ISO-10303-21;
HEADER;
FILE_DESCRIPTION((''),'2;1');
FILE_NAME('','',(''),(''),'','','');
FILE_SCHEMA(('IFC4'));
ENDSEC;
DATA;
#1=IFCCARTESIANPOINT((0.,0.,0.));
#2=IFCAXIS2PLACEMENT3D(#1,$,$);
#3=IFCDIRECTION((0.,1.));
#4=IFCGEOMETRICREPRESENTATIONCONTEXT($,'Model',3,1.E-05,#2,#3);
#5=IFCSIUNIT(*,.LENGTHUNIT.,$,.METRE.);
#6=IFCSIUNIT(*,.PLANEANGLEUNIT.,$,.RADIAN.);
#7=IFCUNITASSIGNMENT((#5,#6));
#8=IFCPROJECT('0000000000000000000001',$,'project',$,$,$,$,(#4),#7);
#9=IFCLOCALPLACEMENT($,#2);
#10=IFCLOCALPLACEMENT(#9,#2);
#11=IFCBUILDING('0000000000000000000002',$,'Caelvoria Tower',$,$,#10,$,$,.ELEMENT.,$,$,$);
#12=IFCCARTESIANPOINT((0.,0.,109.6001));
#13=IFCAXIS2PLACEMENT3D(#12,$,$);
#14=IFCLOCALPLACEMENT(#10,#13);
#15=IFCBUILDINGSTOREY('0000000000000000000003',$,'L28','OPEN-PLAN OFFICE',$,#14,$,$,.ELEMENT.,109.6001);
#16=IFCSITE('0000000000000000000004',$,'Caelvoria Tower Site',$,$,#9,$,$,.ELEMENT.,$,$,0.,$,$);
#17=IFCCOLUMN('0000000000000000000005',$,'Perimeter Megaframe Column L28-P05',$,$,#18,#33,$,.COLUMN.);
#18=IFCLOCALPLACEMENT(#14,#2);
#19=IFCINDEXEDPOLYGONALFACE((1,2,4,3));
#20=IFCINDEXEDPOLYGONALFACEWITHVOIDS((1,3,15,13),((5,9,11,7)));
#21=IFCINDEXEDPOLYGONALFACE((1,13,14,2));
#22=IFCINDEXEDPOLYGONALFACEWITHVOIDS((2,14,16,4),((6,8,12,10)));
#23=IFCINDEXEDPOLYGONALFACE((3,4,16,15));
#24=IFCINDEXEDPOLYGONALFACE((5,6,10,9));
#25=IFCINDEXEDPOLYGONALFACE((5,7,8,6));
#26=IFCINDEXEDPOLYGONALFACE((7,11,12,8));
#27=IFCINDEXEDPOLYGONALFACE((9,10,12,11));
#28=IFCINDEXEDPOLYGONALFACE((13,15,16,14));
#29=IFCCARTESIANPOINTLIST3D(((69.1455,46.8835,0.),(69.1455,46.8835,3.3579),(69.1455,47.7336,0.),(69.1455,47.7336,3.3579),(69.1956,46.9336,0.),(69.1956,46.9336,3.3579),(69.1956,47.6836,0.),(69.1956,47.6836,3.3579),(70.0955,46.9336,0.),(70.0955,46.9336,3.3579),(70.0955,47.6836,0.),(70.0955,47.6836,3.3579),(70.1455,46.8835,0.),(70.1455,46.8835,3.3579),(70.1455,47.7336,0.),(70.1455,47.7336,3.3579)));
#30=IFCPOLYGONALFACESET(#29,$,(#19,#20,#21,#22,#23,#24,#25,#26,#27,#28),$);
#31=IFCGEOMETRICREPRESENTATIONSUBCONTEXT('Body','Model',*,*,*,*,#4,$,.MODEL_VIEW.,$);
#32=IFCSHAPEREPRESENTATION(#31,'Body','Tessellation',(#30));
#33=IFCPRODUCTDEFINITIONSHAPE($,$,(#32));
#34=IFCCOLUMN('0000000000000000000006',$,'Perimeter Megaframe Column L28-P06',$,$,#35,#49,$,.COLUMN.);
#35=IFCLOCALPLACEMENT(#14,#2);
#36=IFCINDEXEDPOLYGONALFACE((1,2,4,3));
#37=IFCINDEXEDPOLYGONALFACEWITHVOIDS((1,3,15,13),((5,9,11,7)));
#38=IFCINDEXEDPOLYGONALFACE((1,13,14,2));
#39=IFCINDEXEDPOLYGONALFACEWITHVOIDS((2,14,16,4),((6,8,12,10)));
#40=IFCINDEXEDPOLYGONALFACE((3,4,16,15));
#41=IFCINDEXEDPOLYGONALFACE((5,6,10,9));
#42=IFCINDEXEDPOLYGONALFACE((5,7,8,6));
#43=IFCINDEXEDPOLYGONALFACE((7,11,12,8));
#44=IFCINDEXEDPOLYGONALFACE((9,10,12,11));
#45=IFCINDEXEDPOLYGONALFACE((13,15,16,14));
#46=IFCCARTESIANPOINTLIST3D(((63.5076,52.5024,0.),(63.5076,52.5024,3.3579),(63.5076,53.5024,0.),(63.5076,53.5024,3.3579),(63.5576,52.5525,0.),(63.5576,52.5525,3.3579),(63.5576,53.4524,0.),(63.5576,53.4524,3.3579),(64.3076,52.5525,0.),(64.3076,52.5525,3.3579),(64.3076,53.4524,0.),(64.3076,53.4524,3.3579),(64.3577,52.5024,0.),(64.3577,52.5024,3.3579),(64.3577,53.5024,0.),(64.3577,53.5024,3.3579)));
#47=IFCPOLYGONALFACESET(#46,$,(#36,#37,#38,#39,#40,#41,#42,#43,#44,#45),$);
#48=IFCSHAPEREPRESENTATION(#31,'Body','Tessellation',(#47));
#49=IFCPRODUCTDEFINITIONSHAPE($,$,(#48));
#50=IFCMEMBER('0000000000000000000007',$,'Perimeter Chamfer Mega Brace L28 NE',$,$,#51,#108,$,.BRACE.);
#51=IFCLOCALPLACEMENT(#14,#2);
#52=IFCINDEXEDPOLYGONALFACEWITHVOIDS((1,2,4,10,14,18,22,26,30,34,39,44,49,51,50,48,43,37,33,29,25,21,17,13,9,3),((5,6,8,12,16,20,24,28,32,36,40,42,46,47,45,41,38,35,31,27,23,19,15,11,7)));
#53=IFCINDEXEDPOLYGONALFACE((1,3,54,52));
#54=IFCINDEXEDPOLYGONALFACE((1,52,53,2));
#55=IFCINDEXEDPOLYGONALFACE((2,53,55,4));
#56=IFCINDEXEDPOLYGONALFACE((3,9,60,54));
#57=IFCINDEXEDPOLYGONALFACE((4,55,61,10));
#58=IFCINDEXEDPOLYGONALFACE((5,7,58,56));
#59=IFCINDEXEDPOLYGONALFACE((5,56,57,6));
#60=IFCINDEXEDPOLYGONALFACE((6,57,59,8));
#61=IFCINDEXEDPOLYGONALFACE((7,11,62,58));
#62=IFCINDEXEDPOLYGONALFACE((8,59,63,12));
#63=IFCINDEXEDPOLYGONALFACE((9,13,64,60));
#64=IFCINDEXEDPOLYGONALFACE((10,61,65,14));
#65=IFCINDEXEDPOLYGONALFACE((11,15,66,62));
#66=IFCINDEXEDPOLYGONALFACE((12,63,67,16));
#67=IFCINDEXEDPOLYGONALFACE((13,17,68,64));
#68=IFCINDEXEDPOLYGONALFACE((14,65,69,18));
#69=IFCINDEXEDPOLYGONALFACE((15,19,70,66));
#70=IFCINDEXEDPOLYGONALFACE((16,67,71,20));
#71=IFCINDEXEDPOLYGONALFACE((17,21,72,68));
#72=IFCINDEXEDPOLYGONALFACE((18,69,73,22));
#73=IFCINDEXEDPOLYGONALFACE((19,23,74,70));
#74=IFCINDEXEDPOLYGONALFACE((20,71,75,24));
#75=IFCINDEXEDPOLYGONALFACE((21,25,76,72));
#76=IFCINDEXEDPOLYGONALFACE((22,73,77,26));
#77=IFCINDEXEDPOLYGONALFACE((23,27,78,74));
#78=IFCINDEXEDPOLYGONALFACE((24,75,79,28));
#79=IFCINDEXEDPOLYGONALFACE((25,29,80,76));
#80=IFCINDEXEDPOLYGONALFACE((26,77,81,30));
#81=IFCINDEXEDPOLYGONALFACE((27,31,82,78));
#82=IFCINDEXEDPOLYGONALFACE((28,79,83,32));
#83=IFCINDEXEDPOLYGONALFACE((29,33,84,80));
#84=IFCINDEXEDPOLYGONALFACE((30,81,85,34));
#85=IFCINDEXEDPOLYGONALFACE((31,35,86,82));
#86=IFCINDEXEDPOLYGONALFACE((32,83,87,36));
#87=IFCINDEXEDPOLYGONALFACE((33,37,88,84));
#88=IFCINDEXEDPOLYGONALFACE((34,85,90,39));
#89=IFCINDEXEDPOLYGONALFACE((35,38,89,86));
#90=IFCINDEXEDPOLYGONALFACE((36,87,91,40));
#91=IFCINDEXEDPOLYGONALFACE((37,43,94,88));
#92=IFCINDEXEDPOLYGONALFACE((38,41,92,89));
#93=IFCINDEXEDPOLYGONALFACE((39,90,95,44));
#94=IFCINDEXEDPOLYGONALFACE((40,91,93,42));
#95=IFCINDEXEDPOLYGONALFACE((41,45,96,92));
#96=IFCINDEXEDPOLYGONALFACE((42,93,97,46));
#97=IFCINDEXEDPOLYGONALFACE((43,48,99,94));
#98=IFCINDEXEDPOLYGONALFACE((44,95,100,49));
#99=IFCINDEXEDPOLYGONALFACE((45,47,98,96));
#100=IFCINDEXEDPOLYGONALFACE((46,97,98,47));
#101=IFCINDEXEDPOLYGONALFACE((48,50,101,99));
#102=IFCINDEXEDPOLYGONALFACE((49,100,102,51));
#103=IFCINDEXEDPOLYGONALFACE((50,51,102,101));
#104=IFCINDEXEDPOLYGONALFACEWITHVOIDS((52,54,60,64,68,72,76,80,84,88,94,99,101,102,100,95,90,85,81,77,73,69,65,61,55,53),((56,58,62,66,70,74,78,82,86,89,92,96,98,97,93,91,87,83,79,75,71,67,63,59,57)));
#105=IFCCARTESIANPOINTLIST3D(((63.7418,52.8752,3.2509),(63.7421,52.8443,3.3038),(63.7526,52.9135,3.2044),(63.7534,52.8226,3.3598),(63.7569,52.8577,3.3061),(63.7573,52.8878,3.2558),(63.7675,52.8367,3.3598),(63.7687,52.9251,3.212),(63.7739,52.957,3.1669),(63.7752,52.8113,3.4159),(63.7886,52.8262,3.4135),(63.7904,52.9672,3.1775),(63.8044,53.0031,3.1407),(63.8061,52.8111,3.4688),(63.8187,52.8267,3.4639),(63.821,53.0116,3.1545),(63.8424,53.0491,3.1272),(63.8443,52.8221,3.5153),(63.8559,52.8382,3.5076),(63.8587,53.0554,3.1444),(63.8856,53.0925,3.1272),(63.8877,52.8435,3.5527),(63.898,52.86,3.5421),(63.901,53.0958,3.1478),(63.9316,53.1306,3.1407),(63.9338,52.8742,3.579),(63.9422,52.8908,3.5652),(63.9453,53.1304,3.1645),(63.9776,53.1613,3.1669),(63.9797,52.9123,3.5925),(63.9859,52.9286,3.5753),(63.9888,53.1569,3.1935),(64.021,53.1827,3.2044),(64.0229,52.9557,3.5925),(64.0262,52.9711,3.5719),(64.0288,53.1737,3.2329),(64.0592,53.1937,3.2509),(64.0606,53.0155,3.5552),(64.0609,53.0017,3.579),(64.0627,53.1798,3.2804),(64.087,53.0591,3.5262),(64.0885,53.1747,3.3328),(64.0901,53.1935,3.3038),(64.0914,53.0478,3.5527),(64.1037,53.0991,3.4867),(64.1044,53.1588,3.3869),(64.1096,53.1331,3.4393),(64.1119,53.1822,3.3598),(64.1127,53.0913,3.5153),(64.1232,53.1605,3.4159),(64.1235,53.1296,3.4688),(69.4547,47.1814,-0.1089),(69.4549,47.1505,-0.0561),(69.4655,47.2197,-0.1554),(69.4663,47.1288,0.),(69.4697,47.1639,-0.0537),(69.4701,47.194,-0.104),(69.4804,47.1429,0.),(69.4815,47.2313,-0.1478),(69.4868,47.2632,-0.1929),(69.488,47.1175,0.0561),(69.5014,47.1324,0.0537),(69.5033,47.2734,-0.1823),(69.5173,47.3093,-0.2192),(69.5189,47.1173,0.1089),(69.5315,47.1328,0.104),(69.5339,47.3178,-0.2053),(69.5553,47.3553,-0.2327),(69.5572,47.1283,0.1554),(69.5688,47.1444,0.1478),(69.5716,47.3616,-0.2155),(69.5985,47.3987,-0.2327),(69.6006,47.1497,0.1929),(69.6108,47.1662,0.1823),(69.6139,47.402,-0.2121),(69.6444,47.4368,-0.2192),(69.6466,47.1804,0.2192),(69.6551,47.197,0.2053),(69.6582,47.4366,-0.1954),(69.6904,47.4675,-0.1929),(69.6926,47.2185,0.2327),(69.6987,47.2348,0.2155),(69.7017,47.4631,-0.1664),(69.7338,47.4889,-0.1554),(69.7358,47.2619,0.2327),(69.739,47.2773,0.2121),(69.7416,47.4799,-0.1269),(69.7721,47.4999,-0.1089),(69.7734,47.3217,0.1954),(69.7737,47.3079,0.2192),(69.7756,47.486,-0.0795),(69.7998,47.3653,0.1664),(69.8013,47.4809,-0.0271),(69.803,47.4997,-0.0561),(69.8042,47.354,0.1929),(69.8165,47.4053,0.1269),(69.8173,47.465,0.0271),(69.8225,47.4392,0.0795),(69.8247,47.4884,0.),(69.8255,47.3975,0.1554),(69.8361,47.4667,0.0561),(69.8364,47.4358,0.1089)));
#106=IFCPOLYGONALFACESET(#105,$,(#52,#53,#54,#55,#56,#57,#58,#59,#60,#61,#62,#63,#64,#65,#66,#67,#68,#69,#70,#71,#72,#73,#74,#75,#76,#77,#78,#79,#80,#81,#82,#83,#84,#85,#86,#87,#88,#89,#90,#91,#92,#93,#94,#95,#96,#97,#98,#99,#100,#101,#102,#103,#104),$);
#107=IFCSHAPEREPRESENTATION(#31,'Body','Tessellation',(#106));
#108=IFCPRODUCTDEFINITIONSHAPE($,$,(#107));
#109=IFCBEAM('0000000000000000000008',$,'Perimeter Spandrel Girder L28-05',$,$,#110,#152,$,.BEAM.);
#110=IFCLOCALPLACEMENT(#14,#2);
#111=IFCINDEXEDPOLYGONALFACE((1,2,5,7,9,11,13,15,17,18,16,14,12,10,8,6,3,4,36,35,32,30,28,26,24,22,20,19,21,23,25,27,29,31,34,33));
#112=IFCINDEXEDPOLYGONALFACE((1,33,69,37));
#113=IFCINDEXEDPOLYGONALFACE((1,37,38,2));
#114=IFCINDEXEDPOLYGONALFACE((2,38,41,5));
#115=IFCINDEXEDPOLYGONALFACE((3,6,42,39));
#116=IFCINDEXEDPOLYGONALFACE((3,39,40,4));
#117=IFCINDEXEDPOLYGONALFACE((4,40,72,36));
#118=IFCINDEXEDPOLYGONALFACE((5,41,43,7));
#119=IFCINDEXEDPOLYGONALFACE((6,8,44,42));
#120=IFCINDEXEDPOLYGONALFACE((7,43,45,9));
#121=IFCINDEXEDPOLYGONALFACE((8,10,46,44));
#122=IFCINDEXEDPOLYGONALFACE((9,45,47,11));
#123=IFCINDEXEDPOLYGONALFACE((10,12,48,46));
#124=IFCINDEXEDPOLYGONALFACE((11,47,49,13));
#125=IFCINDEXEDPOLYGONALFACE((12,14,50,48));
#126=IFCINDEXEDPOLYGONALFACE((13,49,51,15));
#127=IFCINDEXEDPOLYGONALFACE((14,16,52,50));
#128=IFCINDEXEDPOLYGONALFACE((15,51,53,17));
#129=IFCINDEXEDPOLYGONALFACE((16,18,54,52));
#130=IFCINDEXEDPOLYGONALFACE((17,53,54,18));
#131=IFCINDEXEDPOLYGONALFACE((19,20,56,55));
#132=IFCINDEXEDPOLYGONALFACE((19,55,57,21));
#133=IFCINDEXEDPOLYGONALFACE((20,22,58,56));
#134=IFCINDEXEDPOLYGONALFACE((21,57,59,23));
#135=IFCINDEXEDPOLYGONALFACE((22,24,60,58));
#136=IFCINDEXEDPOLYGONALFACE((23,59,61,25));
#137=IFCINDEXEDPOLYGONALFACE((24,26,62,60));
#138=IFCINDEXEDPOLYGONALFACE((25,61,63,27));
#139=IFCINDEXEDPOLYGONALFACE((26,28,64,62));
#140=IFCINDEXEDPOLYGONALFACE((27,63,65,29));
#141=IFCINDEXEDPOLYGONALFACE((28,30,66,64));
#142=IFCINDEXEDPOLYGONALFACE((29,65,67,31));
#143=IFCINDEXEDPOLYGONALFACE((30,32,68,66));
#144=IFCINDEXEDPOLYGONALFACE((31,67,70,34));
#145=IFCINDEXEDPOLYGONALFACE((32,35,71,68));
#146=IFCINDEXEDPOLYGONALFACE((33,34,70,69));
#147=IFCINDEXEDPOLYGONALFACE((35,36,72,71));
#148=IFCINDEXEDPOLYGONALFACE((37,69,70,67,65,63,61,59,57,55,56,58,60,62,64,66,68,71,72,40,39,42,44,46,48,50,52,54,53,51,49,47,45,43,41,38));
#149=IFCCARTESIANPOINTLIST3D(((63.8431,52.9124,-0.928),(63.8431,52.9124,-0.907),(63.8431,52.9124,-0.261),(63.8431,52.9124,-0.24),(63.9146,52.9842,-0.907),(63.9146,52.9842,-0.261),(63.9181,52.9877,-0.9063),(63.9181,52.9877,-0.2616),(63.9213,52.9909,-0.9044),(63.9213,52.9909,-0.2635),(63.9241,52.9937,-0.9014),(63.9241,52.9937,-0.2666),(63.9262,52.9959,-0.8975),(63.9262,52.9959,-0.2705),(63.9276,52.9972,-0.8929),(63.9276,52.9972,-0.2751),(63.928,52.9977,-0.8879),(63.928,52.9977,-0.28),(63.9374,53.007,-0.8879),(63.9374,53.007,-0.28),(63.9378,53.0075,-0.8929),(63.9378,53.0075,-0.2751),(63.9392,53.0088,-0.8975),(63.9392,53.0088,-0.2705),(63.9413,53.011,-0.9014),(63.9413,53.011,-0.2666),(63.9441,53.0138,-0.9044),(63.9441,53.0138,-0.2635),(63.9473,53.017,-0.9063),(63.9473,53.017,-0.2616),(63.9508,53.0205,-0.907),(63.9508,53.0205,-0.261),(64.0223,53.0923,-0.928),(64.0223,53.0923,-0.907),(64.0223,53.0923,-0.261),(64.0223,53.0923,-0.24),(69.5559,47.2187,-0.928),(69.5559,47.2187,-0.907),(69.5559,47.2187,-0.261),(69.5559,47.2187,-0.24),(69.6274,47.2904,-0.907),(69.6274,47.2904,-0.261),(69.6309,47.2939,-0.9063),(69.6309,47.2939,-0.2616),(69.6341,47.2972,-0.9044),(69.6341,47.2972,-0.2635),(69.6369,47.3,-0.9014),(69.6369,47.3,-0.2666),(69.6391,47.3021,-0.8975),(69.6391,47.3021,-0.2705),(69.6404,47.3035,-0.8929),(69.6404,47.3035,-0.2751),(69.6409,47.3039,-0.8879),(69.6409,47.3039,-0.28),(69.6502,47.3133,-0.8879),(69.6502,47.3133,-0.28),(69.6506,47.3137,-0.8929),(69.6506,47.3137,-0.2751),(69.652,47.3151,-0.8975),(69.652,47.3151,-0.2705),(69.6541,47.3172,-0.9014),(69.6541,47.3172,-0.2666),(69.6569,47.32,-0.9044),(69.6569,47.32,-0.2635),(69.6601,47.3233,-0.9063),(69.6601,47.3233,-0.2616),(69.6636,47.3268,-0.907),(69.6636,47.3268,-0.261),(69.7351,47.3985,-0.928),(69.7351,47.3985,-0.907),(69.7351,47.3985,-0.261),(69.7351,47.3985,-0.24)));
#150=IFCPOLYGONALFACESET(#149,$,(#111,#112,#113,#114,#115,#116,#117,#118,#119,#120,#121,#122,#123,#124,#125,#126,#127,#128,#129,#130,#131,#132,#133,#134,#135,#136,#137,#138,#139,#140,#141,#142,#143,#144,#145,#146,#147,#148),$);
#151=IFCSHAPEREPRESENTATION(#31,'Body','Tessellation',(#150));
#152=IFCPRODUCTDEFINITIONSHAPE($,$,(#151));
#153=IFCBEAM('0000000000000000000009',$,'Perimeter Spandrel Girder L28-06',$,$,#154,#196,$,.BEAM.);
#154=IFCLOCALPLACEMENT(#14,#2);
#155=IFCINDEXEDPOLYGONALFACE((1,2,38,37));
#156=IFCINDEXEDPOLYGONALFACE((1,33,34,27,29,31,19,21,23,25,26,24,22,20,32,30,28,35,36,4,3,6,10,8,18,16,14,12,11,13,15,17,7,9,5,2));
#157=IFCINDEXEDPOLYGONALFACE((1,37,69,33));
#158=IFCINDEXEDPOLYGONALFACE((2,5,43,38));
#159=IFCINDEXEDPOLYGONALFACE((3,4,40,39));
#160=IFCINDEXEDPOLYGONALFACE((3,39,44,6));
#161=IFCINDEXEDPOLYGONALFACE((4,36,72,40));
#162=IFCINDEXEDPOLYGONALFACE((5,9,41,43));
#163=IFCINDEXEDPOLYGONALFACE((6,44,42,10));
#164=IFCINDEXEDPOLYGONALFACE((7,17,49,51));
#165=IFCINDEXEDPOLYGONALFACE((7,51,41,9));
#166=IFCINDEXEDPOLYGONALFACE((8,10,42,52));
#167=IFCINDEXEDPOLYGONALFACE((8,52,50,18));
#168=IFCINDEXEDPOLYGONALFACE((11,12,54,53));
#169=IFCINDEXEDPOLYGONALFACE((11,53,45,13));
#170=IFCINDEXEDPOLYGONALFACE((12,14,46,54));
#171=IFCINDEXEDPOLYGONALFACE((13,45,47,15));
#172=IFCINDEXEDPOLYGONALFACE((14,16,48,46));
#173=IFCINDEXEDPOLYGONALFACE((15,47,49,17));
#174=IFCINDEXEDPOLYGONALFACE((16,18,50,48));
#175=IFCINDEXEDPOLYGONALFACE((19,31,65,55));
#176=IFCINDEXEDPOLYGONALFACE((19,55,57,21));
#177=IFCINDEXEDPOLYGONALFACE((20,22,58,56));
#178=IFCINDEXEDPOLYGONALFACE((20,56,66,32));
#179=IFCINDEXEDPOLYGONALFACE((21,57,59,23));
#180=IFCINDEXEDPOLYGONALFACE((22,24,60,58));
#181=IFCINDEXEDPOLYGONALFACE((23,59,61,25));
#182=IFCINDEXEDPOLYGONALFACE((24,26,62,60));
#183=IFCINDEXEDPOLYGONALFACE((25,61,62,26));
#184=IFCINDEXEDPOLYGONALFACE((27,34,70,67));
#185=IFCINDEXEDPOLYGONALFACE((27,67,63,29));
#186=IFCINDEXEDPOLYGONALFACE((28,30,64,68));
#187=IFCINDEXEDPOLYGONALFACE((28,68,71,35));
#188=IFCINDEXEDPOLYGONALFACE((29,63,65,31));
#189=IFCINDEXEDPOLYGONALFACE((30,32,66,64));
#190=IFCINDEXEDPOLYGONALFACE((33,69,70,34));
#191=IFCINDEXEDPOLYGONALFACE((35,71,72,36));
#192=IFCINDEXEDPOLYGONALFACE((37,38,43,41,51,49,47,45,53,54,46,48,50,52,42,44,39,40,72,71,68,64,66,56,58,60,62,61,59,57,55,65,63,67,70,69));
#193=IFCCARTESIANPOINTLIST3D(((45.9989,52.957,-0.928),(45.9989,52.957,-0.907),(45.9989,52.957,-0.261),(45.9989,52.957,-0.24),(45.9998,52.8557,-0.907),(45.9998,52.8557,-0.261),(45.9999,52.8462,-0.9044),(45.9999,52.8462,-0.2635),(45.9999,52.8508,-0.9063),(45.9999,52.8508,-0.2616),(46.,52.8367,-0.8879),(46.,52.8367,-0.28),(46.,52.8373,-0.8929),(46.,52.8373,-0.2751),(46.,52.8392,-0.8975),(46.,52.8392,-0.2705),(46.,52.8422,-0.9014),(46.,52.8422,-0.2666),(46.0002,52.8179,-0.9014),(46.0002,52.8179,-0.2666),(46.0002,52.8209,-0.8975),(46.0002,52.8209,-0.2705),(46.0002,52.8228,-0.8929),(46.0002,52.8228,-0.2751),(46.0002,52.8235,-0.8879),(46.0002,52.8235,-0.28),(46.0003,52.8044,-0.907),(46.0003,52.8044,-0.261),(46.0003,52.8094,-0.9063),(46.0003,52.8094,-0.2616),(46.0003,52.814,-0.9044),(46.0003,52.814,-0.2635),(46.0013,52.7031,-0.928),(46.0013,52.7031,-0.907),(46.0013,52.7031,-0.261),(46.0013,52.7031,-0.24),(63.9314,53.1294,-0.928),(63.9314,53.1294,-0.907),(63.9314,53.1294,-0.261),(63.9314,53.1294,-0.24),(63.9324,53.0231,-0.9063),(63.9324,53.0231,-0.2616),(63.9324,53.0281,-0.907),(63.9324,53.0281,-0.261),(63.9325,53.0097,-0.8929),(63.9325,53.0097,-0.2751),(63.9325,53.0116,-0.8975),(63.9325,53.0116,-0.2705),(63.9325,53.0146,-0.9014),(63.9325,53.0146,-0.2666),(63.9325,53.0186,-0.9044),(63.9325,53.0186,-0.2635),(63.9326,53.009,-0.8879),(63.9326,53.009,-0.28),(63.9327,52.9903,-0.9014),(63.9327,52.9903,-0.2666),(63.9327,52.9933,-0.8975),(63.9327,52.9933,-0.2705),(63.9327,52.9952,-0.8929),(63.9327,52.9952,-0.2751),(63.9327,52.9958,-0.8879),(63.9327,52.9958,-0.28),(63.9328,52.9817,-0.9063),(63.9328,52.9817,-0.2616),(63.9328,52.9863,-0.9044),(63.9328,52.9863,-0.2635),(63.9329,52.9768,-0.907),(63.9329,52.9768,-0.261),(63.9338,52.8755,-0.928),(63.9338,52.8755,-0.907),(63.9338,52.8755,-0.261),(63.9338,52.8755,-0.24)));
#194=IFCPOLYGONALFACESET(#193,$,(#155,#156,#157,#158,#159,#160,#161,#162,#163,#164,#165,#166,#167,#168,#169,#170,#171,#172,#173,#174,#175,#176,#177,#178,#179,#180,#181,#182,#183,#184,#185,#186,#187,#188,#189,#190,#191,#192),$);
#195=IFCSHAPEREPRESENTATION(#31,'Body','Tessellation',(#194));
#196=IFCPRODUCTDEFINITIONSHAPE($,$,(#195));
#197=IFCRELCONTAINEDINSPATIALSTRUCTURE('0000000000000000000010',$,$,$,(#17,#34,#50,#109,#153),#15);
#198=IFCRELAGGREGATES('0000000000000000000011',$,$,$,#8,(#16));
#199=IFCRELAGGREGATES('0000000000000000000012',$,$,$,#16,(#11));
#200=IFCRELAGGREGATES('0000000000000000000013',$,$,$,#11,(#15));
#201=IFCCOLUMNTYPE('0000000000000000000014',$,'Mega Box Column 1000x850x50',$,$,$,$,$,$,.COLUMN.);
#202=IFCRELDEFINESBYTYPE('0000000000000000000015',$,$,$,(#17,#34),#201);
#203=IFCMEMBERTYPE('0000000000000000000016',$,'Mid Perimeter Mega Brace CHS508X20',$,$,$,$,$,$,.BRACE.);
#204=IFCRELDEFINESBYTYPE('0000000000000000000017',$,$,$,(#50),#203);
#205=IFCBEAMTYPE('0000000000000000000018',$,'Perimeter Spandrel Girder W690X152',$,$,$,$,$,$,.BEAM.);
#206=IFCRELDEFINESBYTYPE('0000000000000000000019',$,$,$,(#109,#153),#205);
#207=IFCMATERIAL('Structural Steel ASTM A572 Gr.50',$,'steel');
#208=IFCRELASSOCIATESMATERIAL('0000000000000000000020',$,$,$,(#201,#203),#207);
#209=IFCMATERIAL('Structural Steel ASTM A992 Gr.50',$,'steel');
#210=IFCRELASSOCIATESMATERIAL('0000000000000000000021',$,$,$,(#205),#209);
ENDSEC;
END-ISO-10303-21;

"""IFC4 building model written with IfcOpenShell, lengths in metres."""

from ifc_helpers import new_model, si_unit, direction, frame, origin, origin_2d, place, context, subcontext, project, spatial, hollow_rectangle, hollow_circle, i_section, extrude, material, material_profile, profile_set, type_object, element, save


model = new_model("IFC4")

# Units and contexts
model_context = context("Model", 3, precision=1e-05, world=origin(), true_north=direction((0.0, 1.0)))
body_context = subcontext(model_context, "Body", "Model", "MODEL_VIEW")
ifc_project = project(units=[si_unit("LENGTHUNIT", "METRE"), si_unit("PLANEANGLEUNIT", "RADIAN")], contexts=[model_context])

# Site, building, storey
site_placement = place(None, origin())
site = spatial("IfcSite", under=ifc_project, at=site_placement, Name="Caelvoria Tower Site", CompositionType="ELEMENT", RefElevation=0.0)
building_placement = place(site_placement, origin())
building = spatial("IfcBuilding", under=site, at=building_placement, Name="Caelvoria Tower", CompositionType="ELEMENT")
storey_placement = place(building_placement, frame((0.0, 0.0, 109.6001)))
storey = spatial("IfcBuildingStorey", under=building, at=storey_placement, Name="L28", Description="OPEN-PLAN OFFICE", CompositionType="ELEMENT", Elevation=109.6001)

# Columns
ifc_material_1 = material(Name="Structural Steel ASTM A572 Gr.50", Category="steel")
ifc_material_profile_1 = material_profile(ifc_material_1, hollow_rectangle(XDim=0.8501, YDim=1.0, WallThickness=0.05, at=origin_2d()), Name="Structural Steel ASTM A572 Gr.50")
ifc_profile_set_1 = profile_set([ifc_material_profile_1], Name="BOX1000X850X50 - Structural Steel ASTM A572 Gr.50")
column_type = type_object("IfcColumnType", Name="Mega Box Column 1000x850x50", PredefinedType="COLUMN", material=ifc_profile_set_1)
for number, where, z_axis, x_axis, name in (
    (1, (69.6455, 47.3086, 0.0), (0.0, 0.0, 1.0), (0.0, 1.0, 0.0), "Perimeter Megaframe Column L28-P05"),
    (2, (63.9326, 53.0024, 0.0), (0.0, 0.0, 1.0), (1.0, 0.0, 0.0), "Perimeter Megaframe Column L28-P06"),
):
    element("IfcColumn", number, at=place(storey_placement, frame(where, z_axis=z_axis, x_axis=x_axis)), inside=storey, type_object=column_type, Name=name, PredefinedType="COLUMN", context=body_context, shape_type="SweptSolid", body=[
        extrude(hollow_rectangle(XDim=0.8501, YDim=1.0, WallThickness=0.05, at=origin_2d()), origin(), (0.0, 0.0, 1.0), 3.3579),
    ])

# Member
ifc_material_profile_2 = material_profile(ifc_material_1, hollow_circle(Radius=0.2539, WallThickness=0.02, at=origin_2d()), Name="Structural Steel ASTM A572 Gr.50")
ifc_profile_set_2 = profile_set([ifc_material_profile_2], Name="CHS508X20 - Structural Steel ASTM A572 Gr.50")
member_type = type_object("IfcMemberType", Name="Mid Perimeter Mega Brace CHS508X20", PredefinedType="BRACE", material=ifc_profile_set_2)
member_placement = place(storey_placement, frame((69.6455, 47.3086, 0.0), z_axis=(-0.653828, 0.651649, 0.384529), x_axis=(-0.705925, -0.708286, 0.0)))
element("IfcMember", 3, at=member_placement, inside=storey, type_object=member_type, Name="Perimeter Chamfer Mega Brace L28 NE", PredefinedType="BRACE", context=body_context, shape_type="SweptSolid", body=[
    extrude(hollow_circle(Radius=0.2539, WallThickness=0.02, at=origin_2d()), origin(), (0.0, 0.0, 1.0), 8.7375),
])

# Beams
ifc_material_2 = material(Name="Structural Steel ASTM A992 Gr.50", Category="steel")
ifc_material_profile_3 = material_profile(ifc_material_2, i_section(OverallWidth=0.2539, OverallDepth=0.688, WebThickness=0.0132, FlangeThickness=0.021, FilletRadius=0.019, at=origin_2d()), Name="Structural Steel ASTM A992 Gr.50")
ifc_profile_set_3 = profile_set([ifc_material_profile_3], Name="W690X152 - Structural Steel ASTM A992 Gr.50")
beam_type_1 = type_object("IfcBeamType", Name="Perimeter Spandrel Girder W690X152", PredefinedType="BEAM", material=ifc_profile_set_3)
beam_1_placement = place(storey_placement, frame((69.6455, 47.3086, -0.584), z_axis=(-0.708286, 0.705925, 0.0), x_axis=(-0.705925, -0.708286, 0.0)))
element("IfcBeam", 4, at=beam_1_placement, inside=storey, type_object=beam_type_1, Name="Perimeter Spandrel Girder L28-05", PredefinedType="BEAM", context=body_context, shape_type="SweptSolid", body=[
    extrude(i_section(OverallWidth=0.2539, OverallDepth=0.688, WebThickness=0.0132, FlangeThickness=0.021, FilletRadius=0.019, at=origin_2d()), origin(), (0.0, 0.0, 1.0), 8.0657),
])
beam_2_placement = place(storey_placement, frame((63.9326, 53.0024, -0.584), z_axis=(-0.999954, -0.009611, 0.0), x_axis=(0.009611, -0.999954, 0.0)))
element("IfcBeam", 5, at=beam_2_placement, inside=storey, type_object=beam_type_1, Name="Perimeter Spandrel Girder L28-06", PredefinedType="BEAM", context=body_context, shape_type="SweptSolid", body=[
    extrude(i_section(OverallWidth=0.2539, OverallDepth=0.688, WebThickness=0.0132, FlangeThickness=0.021, FilletRadius=0.019, at=origin_2d()), origin(), (0.0, 0.0, 1.0), 17.9333),
])

save(model, "model.ifc")
